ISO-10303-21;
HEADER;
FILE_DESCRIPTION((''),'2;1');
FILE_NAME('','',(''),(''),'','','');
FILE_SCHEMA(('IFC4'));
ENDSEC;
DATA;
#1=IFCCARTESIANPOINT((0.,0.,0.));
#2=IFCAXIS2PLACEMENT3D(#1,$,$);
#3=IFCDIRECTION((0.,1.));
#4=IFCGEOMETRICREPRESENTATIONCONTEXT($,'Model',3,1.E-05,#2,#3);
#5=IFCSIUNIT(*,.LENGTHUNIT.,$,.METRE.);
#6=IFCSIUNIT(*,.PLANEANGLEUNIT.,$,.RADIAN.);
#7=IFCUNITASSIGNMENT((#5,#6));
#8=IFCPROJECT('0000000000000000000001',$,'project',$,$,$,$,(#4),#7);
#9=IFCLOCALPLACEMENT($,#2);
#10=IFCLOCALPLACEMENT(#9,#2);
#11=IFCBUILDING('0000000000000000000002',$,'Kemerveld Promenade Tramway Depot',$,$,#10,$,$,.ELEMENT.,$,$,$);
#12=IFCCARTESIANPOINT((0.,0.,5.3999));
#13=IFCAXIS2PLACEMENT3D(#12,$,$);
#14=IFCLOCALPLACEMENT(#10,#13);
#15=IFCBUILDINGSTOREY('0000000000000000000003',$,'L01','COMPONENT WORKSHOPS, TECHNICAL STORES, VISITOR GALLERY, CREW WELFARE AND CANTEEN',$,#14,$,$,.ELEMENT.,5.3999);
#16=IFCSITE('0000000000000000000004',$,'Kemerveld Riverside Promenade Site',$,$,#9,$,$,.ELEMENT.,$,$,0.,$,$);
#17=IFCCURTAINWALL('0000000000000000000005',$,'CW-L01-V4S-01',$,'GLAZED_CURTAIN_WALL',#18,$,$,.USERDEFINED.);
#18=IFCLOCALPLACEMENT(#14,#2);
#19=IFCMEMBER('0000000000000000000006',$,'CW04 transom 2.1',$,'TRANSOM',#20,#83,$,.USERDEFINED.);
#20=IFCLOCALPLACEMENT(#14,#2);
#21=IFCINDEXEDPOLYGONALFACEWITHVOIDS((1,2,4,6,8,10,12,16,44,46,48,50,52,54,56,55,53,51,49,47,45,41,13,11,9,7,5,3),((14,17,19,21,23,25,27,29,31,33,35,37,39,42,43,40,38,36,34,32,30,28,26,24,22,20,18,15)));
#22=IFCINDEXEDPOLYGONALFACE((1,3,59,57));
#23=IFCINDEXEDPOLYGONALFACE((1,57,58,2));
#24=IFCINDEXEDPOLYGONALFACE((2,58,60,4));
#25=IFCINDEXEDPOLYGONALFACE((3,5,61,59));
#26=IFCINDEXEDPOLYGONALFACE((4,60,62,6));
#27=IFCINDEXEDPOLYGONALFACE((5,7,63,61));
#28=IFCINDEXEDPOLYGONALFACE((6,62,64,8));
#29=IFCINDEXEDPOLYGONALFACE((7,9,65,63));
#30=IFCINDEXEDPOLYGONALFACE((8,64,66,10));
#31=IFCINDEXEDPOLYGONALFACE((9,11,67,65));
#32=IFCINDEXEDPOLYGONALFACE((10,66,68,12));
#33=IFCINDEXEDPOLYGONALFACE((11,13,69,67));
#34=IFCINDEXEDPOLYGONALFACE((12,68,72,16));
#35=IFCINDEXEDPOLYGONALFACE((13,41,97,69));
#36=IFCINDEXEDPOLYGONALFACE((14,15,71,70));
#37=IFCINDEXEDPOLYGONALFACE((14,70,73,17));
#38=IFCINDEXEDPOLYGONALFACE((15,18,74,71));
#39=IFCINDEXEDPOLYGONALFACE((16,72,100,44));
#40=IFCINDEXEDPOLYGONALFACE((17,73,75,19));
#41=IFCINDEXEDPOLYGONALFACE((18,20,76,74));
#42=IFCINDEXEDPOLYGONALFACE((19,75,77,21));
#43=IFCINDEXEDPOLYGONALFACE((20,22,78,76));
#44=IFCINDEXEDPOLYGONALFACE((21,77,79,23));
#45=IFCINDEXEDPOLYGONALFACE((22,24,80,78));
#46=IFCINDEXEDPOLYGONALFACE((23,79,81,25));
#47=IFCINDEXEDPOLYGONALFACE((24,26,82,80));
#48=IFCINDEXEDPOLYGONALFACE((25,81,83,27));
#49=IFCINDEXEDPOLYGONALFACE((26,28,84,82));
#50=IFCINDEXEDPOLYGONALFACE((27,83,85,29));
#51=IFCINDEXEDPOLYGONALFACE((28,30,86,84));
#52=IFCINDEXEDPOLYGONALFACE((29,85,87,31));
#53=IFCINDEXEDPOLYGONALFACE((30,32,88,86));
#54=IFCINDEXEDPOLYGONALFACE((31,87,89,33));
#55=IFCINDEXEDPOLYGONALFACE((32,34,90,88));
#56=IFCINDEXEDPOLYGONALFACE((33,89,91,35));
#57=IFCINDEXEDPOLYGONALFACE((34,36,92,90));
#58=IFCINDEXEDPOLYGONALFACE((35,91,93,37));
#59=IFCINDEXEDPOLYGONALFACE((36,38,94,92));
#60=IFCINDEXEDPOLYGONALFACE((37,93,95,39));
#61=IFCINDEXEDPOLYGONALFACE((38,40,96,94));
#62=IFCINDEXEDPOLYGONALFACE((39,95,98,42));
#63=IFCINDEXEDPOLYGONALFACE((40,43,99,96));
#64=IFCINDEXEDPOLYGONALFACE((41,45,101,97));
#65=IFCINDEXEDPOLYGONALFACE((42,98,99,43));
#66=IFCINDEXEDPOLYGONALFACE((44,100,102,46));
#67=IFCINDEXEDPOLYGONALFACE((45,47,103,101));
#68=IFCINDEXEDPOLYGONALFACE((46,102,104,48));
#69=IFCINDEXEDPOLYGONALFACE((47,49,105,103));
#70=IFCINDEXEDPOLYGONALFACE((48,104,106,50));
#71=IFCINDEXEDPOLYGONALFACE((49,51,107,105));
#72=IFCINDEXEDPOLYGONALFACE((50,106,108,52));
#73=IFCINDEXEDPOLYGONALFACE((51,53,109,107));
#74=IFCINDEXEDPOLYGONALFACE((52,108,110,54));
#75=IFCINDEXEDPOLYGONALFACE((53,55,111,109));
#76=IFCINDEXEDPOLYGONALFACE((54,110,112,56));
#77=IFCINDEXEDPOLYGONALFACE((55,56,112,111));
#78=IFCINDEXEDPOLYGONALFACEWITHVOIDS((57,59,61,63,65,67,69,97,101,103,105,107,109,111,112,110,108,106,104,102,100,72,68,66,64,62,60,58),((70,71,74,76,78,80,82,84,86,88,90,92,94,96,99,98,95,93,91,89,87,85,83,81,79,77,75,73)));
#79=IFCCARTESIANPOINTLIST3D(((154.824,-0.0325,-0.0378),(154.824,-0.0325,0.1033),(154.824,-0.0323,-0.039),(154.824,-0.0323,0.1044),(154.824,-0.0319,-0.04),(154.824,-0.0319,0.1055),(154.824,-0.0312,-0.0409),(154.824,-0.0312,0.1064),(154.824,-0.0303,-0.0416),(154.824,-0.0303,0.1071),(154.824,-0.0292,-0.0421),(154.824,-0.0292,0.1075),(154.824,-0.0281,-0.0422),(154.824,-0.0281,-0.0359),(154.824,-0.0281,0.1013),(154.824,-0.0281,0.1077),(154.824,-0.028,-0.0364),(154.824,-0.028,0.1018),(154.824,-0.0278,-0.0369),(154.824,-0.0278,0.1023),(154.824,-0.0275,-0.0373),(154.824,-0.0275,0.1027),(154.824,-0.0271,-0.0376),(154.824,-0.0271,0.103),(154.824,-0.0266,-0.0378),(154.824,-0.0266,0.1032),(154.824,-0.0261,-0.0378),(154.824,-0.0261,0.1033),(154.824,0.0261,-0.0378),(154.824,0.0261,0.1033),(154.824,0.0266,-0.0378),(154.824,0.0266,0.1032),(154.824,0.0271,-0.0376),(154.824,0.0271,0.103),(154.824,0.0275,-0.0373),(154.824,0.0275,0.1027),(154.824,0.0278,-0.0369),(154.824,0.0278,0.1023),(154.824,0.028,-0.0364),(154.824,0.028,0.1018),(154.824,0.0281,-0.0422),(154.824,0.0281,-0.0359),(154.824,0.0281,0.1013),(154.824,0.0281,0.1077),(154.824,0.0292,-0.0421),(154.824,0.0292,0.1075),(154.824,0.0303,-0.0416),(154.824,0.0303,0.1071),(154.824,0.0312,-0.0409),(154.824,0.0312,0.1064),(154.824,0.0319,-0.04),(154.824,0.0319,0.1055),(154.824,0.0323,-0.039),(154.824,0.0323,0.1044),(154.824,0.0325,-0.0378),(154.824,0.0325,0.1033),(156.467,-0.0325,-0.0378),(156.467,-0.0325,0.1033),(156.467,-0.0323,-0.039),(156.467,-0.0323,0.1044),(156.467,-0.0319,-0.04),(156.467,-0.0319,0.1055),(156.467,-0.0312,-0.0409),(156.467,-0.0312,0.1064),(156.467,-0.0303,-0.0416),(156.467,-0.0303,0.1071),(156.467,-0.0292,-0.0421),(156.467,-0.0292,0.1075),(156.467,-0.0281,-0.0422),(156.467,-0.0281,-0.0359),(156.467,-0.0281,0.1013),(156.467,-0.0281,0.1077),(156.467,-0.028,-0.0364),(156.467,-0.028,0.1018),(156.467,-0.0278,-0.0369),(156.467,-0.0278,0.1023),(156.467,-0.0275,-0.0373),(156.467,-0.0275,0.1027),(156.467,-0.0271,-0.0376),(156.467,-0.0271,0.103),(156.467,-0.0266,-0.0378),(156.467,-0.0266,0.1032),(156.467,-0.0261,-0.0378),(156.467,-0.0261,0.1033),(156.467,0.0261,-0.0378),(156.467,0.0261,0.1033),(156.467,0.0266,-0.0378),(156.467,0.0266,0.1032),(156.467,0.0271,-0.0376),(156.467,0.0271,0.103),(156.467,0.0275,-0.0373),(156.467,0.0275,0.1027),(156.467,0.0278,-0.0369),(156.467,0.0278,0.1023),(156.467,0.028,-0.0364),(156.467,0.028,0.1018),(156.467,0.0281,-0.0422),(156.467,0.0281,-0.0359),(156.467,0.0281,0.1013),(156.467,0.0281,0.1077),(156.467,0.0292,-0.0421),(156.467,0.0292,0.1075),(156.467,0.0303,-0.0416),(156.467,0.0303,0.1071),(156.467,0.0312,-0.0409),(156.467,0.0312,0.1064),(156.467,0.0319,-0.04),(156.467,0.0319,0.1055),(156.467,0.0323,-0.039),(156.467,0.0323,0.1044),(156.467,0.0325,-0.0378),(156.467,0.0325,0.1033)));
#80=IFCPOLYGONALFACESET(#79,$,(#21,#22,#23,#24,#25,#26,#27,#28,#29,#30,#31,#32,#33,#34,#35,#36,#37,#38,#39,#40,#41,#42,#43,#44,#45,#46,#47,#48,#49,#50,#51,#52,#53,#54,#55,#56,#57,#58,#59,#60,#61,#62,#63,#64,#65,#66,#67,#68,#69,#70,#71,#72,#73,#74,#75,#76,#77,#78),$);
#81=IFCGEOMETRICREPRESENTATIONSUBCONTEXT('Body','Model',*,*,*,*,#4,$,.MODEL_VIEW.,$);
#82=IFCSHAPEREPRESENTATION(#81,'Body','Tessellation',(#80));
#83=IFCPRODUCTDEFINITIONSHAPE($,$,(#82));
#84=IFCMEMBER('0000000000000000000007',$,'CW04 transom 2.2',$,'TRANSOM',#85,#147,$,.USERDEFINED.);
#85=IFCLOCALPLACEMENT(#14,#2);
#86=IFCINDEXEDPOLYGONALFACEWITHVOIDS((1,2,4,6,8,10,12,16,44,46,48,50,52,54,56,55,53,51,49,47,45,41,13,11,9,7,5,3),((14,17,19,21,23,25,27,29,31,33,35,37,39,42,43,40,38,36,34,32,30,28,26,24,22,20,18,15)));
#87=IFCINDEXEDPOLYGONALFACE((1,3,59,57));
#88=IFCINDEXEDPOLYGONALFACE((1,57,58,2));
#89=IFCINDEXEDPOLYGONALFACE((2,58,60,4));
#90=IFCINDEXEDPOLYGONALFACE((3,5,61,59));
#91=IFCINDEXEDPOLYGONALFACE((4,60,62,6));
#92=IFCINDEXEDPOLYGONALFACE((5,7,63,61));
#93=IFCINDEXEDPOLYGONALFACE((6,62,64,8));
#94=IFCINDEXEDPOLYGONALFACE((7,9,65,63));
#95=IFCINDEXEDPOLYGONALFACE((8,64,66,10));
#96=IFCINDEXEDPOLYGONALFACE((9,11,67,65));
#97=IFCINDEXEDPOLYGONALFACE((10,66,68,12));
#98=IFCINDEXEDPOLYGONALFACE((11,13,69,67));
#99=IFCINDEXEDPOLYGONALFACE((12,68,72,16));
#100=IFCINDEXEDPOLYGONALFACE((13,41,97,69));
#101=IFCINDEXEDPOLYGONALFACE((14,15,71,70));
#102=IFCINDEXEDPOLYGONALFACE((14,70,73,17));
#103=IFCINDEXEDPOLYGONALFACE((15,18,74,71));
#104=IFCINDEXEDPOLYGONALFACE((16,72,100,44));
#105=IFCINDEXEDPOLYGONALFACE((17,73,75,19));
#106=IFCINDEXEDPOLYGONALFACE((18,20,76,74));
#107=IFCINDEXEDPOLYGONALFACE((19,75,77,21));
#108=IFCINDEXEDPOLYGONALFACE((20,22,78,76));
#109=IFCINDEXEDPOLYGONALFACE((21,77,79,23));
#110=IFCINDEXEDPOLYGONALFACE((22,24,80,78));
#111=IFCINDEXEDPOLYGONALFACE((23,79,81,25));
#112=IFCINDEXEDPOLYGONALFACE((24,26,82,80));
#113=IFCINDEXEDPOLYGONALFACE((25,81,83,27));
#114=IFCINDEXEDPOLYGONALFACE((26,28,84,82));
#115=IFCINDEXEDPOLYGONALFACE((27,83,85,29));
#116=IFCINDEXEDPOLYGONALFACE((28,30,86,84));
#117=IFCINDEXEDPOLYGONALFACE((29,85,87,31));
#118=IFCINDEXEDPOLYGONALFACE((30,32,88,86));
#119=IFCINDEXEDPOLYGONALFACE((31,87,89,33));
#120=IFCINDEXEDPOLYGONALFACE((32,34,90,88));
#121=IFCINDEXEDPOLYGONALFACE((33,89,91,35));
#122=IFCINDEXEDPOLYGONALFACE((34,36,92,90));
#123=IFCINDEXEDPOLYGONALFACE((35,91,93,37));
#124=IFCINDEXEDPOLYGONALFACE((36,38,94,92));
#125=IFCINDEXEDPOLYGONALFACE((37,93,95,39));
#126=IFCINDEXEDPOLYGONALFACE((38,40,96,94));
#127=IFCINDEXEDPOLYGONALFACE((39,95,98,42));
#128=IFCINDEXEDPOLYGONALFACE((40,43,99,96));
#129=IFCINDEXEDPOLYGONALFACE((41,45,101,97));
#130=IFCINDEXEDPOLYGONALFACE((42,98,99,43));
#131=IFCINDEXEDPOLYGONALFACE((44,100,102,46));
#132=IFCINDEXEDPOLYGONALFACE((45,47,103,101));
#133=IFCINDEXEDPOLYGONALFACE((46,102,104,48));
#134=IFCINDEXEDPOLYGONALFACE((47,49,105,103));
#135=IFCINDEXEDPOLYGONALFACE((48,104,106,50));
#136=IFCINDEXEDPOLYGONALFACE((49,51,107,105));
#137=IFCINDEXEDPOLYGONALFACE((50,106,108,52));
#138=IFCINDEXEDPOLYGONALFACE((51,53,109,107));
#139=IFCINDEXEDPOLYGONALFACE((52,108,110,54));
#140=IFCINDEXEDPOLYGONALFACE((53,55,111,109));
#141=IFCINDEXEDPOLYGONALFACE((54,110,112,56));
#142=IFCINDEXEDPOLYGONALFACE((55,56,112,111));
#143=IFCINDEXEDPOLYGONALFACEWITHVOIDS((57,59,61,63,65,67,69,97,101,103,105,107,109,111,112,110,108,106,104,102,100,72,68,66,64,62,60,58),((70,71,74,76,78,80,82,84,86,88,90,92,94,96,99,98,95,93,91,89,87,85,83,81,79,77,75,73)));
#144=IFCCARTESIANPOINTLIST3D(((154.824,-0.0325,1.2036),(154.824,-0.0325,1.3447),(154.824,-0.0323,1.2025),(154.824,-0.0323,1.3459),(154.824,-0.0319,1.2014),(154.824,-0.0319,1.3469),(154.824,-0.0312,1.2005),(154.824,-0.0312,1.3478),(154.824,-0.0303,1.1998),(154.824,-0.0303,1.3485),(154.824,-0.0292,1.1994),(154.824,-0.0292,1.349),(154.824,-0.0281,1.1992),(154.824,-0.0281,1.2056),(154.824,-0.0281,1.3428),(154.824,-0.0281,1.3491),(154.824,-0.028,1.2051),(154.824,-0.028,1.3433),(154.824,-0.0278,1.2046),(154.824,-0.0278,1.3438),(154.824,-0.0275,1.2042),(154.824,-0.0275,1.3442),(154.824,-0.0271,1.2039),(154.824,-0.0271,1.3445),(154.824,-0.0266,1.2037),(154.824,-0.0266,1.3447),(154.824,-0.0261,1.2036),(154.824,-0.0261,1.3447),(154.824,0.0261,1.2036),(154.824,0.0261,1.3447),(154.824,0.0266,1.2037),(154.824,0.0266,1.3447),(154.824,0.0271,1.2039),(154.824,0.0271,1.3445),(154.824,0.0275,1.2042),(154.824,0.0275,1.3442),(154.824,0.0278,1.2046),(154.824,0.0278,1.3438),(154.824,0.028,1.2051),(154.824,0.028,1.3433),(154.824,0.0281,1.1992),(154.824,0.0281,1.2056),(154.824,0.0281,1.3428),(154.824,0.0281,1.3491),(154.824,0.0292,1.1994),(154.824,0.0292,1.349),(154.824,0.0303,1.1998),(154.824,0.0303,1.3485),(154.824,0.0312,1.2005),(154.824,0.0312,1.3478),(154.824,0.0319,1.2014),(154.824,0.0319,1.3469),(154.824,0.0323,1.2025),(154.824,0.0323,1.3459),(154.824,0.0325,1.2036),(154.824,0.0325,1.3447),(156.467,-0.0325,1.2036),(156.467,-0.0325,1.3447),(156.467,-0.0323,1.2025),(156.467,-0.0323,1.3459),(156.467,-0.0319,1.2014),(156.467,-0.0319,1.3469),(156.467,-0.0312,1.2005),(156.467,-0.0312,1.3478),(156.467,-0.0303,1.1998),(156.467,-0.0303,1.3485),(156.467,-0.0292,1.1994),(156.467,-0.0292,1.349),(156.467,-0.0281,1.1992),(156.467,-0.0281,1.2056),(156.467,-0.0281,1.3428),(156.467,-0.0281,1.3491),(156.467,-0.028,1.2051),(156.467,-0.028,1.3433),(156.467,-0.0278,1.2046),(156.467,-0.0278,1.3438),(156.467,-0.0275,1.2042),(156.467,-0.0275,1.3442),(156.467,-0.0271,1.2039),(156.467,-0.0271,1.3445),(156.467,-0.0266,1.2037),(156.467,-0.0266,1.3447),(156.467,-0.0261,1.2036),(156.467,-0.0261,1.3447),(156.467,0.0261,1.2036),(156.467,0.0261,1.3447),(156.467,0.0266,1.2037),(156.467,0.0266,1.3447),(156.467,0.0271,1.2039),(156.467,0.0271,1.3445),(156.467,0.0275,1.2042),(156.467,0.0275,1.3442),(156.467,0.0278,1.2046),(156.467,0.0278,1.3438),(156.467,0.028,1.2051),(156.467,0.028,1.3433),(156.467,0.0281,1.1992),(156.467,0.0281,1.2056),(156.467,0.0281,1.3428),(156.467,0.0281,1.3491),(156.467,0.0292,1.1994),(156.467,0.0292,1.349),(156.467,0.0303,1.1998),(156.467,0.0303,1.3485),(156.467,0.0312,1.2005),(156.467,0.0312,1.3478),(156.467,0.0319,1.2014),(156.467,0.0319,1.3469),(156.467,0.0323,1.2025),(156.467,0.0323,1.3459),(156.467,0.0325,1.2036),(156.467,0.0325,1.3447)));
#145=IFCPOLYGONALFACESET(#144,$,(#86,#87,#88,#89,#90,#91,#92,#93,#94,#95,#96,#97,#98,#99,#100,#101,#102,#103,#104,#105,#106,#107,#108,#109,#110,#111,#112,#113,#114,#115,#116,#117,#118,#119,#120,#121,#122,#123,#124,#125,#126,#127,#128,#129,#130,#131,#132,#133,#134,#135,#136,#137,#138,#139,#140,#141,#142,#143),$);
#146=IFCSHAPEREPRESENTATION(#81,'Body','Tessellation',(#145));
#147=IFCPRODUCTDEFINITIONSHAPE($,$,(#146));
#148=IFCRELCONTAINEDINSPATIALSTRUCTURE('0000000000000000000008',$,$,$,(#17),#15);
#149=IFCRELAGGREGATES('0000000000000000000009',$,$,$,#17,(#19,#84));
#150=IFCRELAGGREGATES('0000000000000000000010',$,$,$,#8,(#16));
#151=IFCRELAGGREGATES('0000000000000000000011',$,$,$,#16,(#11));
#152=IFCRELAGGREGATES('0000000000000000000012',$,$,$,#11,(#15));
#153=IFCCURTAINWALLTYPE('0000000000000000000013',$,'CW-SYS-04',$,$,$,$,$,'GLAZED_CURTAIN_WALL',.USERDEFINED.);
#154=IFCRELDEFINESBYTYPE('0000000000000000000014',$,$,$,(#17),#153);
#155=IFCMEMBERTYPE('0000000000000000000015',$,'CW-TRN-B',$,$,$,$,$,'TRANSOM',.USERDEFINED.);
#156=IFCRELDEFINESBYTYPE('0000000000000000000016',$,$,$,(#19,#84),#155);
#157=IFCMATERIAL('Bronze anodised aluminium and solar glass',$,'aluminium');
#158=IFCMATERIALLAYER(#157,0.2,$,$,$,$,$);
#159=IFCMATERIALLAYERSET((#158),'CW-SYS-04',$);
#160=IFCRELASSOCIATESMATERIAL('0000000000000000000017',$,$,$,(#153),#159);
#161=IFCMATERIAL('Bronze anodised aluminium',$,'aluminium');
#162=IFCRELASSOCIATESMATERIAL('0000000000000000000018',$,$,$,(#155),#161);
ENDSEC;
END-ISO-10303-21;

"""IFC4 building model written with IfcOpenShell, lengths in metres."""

from ifc_helpers import new_model, si_unit, direction, frame, origin, origin_2d, place, context, subcontext, project, spatial, hollow_rectangle, extrude, material, layer, layer_set, material_profile, profile_set, type_object, element, aggregate, save


model = new_model("IFC4")

# Units and contexts
model_context = context("Model", 3, precision=1e-05, world=origin(), true_north=direction((0.0, 1.0)))
body_context = subcontext(model_context, "Body", "Model", "MODEL_VIEW")
ifc_project = project(units=[si_unit("LENGTHUNIT", "METRE"), si_unit("PLANEANGLEUNIT", "RADIAN")], contexts=[model_context])

# Site, building, storey
site_placement = place(None, origin())
site = spatial("IfcSite", under=ifc_project, at=site_placement, Name="Kemerveld Riverside Promenade Site", CompositionType="ELEMENT", RefElevation=0.0)
building_placement = place(site_placement, origin())
building = spatial("IfcBuilding", under=site, at=building_placement, Name="Kemerveld Promenade Tramway Depot", CompositionType="ELEMENT")
storey_placement = place(building_placement, frame((0.0, 0.0, 5.3999)))
storey = spatial("IfcBuildingStorey", under=building, at=storey_placement, Name="L01", Description="COMPONENT WORKSHOPS, TECHNICAL STORES, VISITOR GALLERY, CREW WELFARE AND CANTEEN", CompositionType="ELEMENT", Elevation=5.3999)

# Curtain wall, members
ifc_material_1 = material(Name="Bronze anodised aluminium and solar glass", Category="aluminium")
ifc_layer_1 = layer(ifc_material_1, 0.2)
ifc_layer_set_1 = layer_set([ifc_layer_1], Name="CW-SYS-04")
curtain_wall_type = type_object("IfcCurtainWallType", Name="CW-SYS-04", ElementType="GLAZED_CURTAIN_WALL", PredefinedType="USERDEFINED", material=ifc_layer_set_1)
curtain_wall_placement = place(storey_placement, origin())
curtain_wall = element("IfcCurtainWall", 1, at=curtain_wall_placement, inside=storey, type_object=curtain_wall_type, Name="CW-L01-V4S-01", ObjectType="GLAZED_CURTAIN_WALL", PredefinedType="USERDEFINED")
ifc_material_2 = material(Name="Bronze anodised aluminium", Category="aluminium")
ifc_material_profile_1 = material_profile(ifc_material_2, hollow_rectangle(XDim=0.0649, YDim=0.1499, WallThickness=0.0044, InnerFilletRadius=0.002, OuterFilletRadius=0.0044, at=origin_2d()), Name="CW-TRN-150x65")
ifc_profile_set_1 = profile_set([ifc_material_profile_1], Name="Bronze anodised aluminium")
member_type_1 = type_object("IfcMemberType", Name="CW-TRN-B", ElementType="TRANSOM", PredefinedType="USERDEFINED", material=ifc_profile_set_1)
member_1_placement = place(storey_placement, frame((156.467, 0.0, 0.0327), z_axis=(-1.0, 0.0, 0.0), x_axis=(0.0, -1.0, 0.0)))
member_1 = element("IfcMember", 2, at=member_1_placement, type_object=member_type_1, Name="CW04 transom 2.1", ObjectType="TRANSOM", PredefinedType="USERDEFINED", context=body_context, shape_type="SweptSolid", body=[
    extrude(hollow_rectangle(XDim=0.0649, YDim=0.1499, WallThickness=0.0044, InnerFilletRadius=0.002, OuterFilletRadius=0.0044, at=origin_2d()), origin(), (0.0, 0.0, 1.0), 1.6431),
])
member_2_placement = place(storey_placement, frame((156.467, 0.0, 1.2742), z_axis=(-1.0, 0.0, 0.0), x_axis=(0.0, -1.0, 0.0)))
member_2 = element("IfcMember", 3, at=member_2_placement, type_object=member_type_1, Name="CW04 transom 2.2", ObjectType="TRANSOM", PredefinedType="USERDEFINED", context=body_context, shape_type="SweptSolid", body=[
    extrude(hollow_rectangle(XDim=0.0649, YDim=0.1499, WallThickness=0.0044, InnerFilletRadius=0.002, OuterFilletRadius=0.0044, at=origin_2d()), origin(), (0.0, 0.0, 1.0), 1.6431),
])
aggregate(curtain_wall, [member_1, member_2])

save(model, "model.ifc")
